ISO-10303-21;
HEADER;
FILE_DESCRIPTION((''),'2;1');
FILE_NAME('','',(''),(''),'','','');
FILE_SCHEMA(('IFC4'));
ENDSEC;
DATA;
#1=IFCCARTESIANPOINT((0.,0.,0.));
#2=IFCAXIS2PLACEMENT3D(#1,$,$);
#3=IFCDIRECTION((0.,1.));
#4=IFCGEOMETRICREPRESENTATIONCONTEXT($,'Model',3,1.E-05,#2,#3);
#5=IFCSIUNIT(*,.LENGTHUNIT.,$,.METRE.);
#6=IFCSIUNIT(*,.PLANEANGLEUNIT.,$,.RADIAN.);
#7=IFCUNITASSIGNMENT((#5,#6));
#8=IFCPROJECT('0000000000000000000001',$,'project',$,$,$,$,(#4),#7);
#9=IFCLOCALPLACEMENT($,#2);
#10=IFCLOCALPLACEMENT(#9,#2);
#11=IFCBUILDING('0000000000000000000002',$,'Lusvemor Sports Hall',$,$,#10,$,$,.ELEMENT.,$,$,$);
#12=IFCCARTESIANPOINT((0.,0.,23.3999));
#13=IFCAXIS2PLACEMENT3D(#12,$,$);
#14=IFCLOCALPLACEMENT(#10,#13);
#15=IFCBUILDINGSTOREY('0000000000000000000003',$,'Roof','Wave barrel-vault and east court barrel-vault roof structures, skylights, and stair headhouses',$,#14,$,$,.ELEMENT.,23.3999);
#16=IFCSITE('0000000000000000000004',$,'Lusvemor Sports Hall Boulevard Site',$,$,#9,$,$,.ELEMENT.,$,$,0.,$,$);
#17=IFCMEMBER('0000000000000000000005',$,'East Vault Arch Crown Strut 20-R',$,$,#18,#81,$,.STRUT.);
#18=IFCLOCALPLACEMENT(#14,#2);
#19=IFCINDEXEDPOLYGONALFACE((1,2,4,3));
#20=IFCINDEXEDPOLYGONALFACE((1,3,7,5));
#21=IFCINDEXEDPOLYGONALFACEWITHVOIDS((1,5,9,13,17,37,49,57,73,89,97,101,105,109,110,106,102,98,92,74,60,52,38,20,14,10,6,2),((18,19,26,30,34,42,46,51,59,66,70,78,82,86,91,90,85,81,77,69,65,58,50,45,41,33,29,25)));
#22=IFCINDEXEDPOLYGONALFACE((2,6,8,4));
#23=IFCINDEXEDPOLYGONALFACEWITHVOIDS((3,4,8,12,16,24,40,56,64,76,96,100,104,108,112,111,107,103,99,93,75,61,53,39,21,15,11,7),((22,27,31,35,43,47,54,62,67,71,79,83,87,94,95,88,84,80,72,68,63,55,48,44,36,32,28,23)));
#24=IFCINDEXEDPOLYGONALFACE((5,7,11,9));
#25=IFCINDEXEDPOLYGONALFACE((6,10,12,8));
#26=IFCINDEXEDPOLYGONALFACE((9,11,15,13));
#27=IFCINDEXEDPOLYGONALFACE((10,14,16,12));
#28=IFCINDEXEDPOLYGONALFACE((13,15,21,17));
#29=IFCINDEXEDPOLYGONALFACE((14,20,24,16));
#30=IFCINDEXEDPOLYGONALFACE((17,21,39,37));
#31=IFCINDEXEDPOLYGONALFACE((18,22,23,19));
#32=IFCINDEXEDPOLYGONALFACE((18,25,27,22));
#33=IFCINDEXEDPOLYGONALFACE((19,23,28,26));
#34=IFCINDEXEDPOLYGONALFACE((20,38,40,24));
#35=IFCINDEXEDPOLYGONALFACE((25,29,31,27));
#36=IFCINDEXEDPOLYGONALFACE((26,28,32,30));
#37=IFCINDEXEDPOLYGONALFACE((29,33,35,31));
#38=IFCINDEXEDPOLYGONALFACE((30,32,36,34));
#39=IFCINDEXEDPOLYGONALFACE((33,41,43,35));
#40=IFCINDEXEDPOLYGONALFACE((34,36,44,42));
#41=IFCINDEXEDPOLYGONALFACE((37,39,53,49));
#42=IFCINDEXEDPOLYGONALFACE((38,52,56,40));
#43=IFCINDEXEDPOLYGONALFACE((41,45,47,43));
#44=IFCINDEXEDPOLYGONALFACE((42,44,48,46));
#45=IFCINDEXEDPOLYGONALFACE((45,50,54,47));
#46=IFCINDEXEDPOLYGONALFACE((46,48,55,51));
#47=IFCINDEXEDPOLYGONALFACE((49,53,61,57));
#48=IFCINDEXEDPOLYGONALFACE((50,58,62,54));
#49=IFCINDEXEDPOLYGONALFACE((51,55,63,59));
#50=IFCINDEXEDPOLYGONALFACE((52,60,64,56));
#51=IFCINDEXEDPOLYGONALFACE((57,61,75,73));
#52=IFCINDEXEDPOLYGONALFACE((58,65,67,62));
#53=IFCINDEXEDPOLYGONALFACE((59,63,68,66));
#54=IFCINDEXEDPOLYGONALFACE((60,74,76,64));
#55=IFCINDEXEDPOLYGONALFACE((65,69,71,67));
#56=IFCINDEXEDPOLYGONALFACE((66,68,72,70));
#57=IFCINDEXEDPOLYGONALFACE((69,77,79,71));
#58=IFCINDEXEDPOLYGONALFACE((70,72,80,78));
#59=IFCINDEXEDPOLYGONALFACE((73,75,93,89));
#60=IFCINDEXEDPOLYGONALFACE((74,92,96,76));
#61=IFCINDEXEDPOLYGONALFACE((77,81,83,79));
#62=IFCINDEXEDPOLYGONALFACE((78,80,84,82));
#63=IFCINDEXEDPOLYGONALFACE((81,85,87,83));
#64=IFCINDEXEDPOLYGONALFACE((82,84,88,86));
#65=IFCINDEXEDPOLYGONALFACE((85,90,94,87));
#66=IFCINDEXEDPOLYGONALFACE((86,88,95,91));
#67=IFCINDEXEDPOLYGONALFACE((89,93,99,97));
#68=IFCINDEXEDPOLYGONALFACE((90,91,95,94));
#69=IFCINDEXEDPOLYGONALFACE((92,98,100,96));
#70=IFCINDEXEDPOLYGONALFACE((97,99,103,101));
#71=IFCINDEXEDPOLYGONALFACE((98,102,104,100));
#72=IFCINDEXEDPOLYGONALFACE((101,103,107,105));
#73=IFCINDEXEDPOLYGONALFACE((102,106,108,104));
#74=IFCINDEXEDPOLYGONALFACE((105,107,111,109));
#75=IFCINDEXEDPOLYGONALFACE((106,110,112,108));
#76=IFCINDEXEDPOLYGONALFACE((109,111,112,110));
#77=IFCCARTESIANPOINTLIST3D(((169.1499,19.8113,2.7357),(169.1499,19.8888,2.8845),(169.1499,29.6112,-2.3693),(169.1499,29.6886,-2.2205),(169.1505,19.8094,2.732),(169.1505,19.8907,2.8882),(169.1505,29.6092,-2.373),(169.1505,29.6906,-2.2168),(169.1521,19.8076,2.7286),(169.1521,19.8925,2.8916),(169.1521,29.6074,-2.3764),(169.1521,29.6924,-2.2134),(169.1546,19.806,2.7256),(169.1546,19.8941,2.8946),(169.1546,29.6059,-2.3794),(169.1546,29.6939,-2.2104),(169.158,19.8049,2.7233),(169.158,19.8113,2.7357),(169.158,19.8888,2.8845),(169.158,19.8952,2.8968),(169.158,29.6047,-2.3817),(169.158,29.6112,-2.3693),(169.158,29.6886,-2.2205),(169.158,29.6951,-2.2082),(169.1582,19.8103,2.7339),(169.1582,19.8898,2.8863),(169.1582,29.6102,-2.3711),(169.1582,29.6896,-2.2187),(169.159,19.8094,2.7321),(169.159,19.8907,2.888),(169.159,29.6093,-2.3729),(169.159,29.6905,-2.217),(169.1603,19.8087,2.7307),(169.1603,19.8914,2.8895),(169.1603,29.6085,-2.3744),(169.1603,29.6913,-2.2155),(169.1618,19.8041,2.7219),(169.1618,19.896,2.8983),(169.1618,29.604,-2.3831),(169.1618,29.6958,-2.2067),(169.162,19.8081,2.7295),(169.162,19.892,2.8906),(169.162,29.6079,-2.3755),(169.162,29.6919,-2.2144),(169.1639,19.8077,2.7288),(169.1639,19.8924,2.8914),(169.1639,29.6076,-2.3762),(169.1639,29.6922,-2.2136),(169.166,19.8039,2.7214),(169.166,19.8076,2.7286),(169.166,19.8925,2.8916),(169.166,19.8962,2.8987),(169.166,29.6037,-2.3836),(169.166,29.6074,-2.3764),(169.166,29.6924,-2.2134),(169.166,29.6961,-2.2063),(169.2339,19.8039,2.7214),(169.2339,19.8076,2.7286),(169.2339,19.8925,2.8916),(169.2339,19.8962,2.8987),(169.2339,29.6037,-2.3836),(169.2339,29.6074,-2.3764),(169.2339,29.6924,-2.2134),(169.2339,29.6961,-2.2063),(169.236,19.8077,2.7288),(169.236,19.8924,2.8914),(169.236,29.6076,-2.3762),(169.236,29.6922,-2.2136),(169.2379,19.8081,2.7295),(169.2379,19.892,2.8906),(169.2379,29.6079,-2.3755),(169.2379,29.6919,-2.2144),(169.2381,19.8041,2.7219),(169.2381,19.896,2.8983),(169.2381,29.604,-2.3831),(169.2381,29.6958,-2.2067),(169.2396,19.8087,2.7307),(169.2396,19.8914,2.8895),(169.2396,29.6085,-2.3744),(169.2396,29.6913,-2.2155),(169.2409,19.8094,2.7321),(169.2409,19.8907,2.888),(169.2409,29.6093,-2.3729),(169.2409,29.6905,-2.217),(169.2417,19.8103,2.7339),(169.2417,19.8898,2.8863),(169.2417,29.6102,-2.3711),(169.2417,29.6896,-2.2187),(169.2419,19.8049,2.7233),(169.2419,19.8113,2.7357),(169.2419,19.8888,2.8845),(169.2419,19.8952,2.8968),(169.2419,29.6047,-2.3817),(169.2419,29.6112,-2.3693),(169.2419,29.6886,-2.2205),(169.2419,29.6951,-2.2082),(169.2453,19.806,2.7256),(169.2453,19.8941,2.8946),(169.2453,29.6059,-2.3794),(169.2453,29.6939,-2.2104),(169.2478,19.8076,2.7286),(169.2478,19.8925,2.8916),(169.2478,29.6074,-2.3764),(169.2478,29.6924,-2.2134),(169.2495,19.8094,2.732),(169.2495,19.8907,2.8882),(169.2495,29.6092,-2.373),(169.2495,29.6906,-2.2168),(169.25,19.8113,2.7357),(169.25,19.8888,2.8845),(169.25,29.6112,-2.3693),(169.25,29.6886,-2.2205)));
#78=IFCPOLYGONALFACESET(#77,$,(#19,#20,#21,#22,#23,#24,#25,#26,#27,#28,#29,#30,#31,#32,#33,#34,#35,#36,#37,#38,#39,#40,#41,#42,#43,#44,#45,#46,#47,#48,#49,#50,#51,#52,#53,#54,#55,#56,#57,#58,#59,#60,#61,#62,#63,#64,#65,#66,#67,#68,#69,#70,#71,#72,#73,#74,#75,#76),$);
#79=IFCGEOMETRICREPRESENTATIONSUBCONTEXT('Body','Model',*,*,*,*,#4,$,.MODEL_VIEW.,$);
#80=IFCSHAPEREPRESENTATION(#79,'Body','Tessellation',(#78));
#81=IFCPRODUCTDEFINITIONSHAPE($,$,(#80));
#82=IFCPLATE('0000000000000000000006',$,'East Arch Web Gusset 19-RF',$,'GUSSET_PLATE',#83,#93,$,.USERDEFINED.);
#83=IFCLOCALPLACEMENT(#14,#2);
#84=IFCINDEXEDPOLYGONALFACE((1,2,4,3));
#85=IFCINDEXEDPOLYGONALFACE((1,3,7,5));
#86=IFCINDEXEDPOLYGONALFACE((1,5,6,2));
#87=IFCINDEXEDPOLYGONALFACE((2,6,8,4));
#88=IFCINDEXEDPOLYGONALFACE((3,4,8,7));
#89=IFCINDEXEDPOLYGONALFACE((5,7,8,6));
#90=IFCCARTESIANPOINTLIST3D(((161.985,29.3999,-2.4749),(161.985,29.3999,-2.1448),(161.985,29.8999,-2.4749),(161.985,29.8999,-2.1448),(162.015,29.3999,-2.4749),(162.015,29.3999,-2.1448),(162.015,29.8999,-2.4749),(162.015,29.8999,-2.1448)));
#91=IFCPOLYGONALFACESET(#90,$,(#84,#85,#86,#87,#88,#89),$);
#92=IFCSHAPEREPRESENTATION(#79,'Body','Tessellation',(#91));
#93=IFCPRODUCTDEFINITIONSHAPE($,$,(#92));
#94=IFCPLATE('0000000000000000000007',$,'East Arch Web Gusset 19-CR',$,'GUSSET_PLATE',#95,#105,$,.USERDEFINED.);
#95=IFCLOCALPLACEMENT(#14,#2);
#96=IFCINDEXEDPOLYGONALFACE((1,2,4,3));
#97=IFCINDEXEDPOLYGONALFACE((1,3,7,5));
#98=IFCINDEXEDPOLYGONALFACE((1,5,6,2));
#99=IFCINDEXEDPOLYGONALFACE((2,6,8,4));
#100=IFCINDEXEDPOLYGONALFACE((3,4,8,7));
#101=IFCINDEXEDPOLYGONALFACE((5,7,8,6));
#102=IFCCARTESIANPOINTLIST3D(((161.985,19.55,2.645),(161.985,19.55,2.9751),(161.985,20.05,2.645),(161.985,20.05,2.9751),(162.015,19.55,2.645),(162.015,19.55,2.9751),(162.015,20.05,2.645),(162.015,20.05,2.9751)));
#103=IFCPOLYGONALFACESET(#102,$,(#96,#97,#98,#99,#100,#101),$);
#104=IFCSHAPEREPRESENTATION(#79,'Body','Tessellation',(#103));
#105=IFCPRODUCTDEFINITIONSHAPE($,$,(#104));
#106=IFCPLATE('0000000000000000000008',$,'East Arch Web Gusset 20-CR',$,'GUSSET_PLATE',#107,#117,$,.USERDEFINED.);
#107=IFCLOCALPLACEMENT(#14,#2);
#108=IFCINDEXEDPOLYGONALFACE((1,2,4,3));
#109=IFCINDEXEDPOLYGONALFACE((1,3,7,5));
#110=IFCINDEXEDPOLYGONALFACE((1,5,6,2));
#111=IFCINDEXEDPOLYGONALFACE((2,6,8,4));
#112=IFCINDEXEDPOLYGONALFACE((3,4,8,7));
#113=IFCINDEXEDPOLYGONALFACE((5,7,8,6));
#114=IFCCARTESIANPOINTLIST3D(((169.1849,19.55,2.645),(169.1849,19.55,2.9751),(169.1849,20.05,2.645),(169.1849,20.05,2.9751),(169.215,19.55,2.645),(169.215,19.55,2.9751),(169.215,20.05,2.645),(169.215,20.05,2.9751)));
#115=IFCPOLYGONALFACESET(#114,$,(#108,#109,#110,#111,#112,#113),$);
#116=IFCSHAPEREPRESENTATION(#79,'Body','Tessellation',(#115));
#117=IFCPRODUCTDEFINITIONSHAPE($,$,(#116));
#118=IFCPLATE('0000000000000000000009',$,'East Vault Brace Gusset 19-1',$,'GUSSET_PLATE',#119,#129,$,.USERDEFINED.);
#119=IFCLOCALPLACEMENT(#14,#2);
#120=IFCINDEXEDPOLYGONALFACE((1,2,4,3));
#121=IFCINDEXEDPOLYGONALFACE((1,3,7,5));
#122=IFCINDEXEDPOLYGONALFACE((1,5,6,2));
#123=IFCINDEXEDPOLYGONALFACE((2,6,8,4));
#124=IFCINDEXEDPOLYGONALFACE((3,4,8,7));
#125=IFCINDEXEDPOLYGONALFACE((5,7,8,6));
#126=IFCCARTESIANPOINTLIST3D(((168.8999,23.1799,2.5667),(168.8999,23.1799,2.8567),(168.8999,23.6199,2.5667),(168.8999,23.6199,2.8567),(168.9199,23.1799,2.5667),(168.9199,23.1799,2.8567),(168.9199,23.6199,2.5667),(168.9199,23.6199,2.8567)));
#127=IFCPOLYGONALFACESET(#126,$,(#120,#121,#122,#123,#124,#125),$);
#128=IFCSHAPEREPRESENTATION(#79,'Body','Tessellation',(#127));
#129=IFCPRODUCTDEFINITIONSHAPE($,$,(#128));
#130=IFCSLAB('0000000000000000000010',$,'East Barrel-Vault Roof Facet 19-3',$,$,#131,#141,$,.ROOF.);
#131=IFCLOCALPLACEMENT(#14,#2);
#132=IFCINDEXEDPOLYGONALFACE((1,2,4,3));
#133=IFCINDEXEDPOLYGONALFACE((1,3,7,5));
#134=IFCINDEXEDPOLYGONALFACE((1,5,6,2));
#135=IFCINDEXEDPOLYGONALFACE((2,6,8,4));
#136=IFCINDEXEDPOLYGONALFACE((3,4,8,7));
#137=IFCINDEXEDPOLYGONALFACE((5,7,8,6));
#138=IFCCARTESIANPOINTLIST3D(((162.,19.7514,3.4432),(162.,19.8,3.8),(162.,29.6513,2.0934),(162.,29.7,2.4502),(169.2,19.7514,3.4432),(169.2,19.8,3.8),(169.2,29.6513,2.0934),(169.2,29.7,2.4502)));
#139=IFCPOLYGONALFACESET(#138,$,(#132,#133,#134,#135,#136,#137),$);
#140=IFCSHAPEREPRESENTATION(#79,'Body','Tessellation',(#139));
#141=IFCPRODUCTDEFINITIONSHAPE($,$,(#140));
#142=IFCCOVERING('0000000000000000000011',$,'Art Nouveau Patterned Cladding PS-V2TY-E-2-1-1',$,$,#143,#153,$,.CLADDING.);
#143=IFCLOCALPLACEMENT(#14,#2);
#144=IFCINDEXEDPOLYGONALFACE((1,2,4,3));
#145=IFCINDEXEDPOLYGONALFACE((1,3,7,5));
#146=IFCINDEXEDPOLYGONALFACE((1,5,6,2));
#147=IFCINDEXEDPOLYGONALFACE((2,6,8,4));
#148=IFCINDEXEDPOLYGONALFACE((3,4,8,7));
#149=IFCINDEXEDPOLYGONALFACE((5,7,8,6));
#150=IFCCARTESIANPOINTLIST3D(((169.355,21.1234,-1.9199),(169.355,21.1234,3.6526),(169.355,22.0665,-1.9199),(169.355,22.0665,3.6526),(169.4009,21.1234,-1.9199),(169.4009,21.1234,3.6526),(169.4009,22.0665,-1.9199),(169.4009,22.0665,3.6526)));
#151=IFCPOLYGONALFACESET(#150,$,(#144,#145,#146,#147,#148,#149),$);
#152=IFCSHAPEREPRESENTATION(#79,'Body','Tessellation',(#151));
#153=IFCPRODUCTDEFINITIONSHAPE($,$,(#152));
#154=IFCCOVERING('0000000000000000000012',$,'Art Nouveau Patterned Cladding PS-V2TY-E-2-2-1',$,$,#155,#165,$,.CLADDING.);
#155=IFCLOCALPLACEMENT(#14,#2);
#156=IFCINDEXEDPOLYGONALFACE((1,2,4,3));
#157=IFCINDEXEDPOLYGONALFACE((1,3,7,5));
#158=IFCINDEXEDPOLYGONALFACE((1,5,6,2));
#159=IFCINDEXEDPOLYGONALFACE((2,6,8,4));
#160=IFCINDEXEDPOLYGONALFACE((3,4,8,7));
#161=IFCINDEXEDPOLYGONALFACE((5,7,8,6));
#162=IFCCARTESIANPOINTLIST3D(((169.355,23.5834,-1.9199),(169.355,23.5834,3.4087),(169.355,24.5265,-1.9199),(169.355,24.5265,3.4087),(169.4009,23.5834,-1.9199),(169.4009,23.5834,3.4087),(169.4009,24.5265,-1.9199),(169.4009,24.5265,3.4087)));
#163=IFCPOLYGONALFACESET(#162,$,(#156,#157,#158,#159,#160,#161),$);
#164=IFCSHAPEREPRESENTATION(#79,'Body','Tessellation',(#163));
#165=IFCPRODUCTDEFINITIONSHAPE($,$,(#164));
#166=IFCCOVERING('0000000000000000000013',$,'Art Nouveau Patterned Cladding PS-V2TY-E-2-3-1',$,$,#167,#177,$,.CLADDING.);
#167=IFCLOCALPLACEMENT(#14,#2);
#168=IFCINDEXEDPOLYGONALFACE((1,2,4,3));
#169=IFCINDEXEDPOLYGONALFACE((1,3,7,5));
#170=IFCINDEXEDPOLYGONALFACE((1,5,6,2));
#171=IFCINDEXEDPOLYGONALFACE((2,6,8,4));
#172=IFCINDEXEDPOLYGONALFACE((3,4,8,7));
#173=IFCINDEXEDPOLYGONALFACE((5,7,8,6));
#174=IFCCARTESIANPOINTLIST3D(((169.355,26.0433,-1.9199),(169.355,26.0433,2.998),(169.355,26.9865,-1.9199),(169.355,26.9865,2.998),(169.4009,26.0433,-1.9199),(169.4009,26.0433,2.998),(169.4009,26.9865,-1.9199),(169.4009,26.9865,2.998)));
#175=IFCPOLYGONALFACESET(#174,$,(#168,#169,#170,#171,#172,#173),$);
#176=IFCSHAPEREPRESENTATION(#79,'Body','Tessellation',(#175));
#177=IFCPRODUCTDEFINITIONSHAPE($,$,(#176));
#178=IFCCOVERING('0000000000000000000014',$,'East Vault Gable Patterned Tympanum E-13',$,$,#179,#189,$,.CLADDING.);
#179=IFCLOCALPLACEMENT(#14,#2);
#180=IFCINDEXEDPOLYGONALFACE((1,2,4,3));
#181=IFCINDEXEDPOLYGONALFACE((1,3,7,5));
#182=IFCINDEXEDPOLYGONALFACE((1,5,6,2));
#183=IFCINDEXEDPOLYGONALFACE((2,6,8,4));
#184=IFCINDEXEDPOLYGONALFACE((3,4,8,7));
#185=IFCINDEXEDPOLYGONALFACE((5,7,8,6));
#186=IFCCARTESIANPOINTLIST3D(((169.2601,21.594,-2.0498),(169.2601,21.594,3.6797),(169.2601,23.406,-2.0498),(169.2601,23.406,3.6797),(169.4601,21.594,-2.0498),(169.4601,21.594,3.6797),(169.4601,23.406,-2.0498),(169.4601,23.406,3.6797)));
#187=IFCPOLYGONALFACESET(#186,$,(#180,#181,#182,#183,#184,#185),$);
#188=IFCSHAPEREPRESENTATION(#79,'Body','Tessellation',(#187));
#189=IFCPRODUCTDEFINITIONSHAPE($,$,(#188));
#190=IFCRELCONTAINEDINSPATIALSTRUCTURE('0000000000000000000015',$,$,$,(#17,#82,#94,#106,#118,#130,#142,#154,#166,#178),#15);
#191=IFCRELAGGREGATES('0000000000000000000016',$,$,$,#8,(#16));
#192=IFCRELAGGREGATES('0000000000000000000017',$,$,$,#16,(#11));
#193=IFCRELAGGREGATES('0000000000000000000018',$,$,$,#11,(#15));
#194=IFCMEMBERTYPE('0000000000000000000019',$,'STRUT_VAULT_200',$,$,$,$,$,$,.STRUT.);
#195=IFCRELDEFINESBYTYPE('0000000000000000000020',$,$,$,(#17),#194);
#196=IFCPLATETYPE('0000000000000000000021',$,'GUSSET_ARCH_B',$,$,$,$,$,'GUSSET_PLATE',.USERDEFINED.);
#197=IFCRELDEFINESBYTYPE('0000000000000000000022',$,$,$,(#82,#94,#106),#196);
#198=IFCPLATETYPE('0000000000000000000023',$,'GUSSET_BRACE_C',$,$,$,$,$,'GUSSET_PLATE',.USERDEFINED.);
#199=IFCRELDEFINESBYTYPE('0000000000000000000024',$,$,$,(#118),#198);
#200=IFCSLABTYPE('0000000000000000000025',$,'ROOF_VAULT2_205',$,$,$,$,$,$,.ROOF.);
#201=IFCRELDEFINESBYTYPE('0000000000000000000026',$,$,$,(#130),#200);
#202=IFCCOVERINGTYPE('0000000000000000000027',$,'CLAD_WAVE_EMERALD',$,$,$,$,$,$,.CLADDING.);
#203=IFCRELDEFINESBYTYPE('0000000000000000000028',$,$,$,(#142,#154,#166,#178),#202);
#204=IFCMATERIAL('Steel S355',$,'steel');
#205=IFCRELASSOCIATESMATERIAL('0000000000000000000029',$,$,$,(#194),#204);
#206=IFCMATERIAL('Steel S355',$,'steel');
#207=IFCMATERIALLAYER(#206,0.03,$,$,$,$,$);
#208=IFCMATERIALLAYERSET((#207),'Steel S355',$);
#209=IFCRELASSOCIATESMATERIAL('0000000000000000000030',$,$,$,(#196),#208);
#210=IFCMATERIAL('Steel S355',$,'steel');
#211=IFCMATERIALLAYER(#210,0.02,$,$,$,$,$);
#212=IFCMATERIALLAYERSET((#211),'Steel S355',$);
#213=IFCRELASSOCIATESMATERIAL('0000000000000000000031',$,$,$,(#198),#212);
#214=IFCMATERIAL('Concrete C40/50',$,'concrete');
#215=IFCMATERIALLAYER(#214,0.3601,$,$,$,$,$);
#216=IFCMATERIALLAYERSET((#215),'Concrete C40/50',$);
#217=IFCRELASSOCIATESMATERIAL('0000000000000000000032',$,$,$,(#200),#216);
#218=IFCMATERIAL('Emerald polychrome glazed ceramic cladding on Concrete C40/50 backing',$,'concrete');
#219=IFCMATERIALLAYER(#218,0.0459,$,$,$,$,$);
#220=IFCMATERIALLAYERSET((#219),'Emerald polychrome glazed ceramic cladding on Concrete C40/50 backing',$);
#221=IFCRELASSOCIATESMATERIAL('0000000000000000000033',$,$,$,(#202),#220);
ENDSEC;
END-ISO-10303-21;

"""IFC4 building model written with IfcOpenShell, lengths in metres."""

from ifc_helpers import new_model, si_unit, direction, frame, origin, origin_2d, place, context, subcontext, project, spatial, polyline, rectangle, hollow_rectangle, outline, extrude, material, layer, layer_set, material_profile, profile_set, type_object, element, save


model = new_model("IFC4")

# Units and contexts
model_context = context("Model", 3, precision=1e-05, world=origin(), true_north=direction((0.0, 1.0)))
body_context = subcontext(model_context, "Body", "Model", "MODEL_VIEW")
ifc_project = project(units=[si_unit("LENGTHUNIT", "METRE"), si_unit("PLANEANGLEUNIT", "RADIAN")], contexts=[model_context])

# Site, building, storey
site_placement = place(None, origin())
site = spatial("IfcSite", under=ifc_project, at=site_placement, Name="Lusvemor Sports Hall Boulevard Site", CompositionType="ELEMENT", RefElevation=0.0)
building_placement = place(site_placement, origin())
building = spatial("IfcBuilding", under=site, at=building_placement, Name="Lusvemor Sports Hall", CompositionType="ELEMENT")
storey_placement = place(building_placement, frame((0.0, 0.0, 23.3999)))
storey = spatial("IfcBuildingStorey", under=building, at=storey_placement, Name="Roof", Description="Wave barrel-vault and east court barrel-vault roof structures, skylights, and stair headhouses", CompositionType="ELEMENT", Elevation=23.3999)

# Member
ifc_material_1 = material(Name="Steel S355", Category="steel")
ifc_material_profile_1 = material_profile(ifc_material_1, hollow_rectangle(XDim=0.1001, YDim=0.2, WallThickness=0.0081, InnerFilletRadius=0.0081, OuterFilletRadius=0.0161, at=origin_2d()), Name="RHS200x100x8")
ifc_profile_set_1 = profile_set([ifc_material_profile_1], Name="Steel S355")
member_type_1 = type_object("IfcMemberType", Name="STRUT_VAULT_200", PredefinedType="STRUT", material=ifc_profile_set_1)
member_1_placement = place(storey_placement, frame((169.2, 29.6499, -2.2949), z_axis=(0.0, -0.88688, 0.462), x_axis=(1.0, 0.0, 0.0)))
element("IfcMember", 1, at=member_1_placement, inside=storey, type_object=member_type_1, Name="East Vault Arch Crown Strut 20-R", PredefinedType="STRUT", context=body_context, shape_type="SweptSolid", body=[
    extrude(hollow_rectangle(XDim=0.1001, YDim=0.2, WallThickness=0.0081, InnerFilletRadius=0.0081, OuterFilletRadius=0.0161, at=origin_2d()), origin(), (0.0, 0.0, 1.0), 11.0498),
])

# Plates
ifc_material_2 = material(Name="Steel S355", Category="steel")
ifc_layer_1 = layer(ifc_material_2, 0.03)
ifc_layer_set_1 = layer_set([ifc_layer_1], Name="Steel S355")
plate_type_1 = type_object("IfcPlateType", Name="GUSSET_ARCH_B", ElementType="GUSSET_PLATE", PredefinedType="USERDEFINED", material=ifc_layer_set_1)
for number, where, z_axis, x_axis, name in (
    (2, (162.0, 29.6499, -2.4749), (0.0, 0.0, 1.0), (1.0, 0.0, 0.0), "East Arch Web Gusset 19-RF"),
    (3, (162.0, 19.8, 2.645), (0.0, 0.0, 1.0), (1.0, 0.0, 0.0), "East Arch Web Gusset 19-CR"),
    (4, (169.2, 19.8, 2.645), (0.0, 0.0, 1.0), (1.0, 0.0, 0.0), "East Arch Web Gusset 20-CR"),
):
    element("IfcPlate", number, at=place(storey_placement, frame(where, z_axis=z_axis, x_axis=x_axis)), inside=storey, type_object=plate_type_1, Name=name, ObjectType="GUSSET_PLATE", PredefinedType="USERDEFINED", context=body_context, shape_type="SweptSolid", body=[
        extrude(rectangle(XDim=0.03, YDim=0.5, at=origin_2d()), origin(), (0.0, 0.0, 1.0), 0.3301),
    ])
ifc_material_3 = material(Name="Steel S355", Category="steel")
ifc_layer_2 = layer(ifc_material_3, 0.02)
ifc_layer_set_2 = layer_set([ifc_layer_2], Name="Steel S355")
plate_type_2 = type_object("IfcPlateType", Name="GUSSET_BRACE_C", ElementType="GUSSET_PLATE", PredefinedType="USERDEFINED", material=ifc_layer_set_2)
plate_placement = place(storey_placement, frame((168.9099, 23.3999, 2.5667), z_axis=(0.0, 0.0, 1.0), x_axis=(1.0, 0.0, 0.0)))
element("IfcPlate", 5, at=plate_placement, inside=storey, type_object=plate_type_2, Name="East Vault Brace Gusset 19-1", ObjectType="GUSSET_PLATE", PredefinedType="USERDEFINED", context=body_context, shape_type="SweptSolid", body=[
    extrude(rectangle(XDim=0.02, YDim=0.4399, at=origin_2d()), origin(), (0.0, 0.0, 1.0), 0.29),
])

# Slab
ifc_material_4 = material(Name="Concrete C40/50", Category="concrete")
ifc_layer_3 = layer(ifc_material_4, 0.3601)
ifc_layer_set_3 = layer_set([ifc_layer_3], Name="Concrete C40/50")
slab_type = type_object("IfcSlabType", Name="ROOF_VAULT2_205", PredefinedType="ROOF", material=ifc_layer_set_3)
slab_placement = place(storey_placement, frame((162.0, 19.8, 3.8), z_axis=(0.0, 0.1351, 0.990832), x_axis=(1.0, 0.0, 0.0)))
element("IfcSlab", 6, at=slab_placement, inside=storey, type_object=slab_type, Name="East Barrel-Vault Roof Facet 19-3", PredefinedType="ROOF", context=body_context, shape_type="SweptSolid", body=[
    extrude(outline(polyline([(0.0, 0.0), (7.2, 0.0), (7.2, 9.9915), (0.0, 9.9915), (0.0, 0.0)])), origin(), (0.0, 0.0, -1.0), 0.3601),
])

# Coverings
ifc_material_5 = material(Name="Emerald polychrome glazed ceramic cladding on Concrete C40/50 backing", Category="concrete")
ifc_layer_4 = layer(ifc_material_5, 0.0459)
ifc_layer_set_4 = layer_set([ifc_layer_4], Name="Emerald polychrome glazed ceramic cladding on Concrete C40/50 backing")
covering_type_1 = type_object("IfcCoveringType", Name="CLAD_WAVE_EMERALD", PredefinedType="CLADDING", material=ifc_layer_set_4)
covering_1_placement = place(storey_placement, frame((169.3779, 21.595, -1.9199), z_axis=(0.0, 0.0, 1.0), x_axis=(1.0, 0.0, 0.0)))
element("IfcCovering", 7, at=covering_1_placement, inside=storey, type_object=covering_type_1, Name="Art Nouveau Patterned Cladding PS-V2TY-E-2-1-1", PredefinedType="CLADDING", context=body_context, shape_type="SweptSolid", body=[
    extrude(rectangle(XDim=0.0459, YDim=0.9431, at=origin_2d()), origin(), (0.0, 0.0, 1.0), 5.5725),
])
covering_2_placement = place(storey_placement, frame((169.3779, 24.0549, -1.9199), z_axis=(0.0, 0.0, 1.0), x_axis=(1.0, 0.0, 0.0)))
element("IfcCovering", 8, at=covering_2_placement, inside=storey, type_object=covering_type_1, Name="Art Nouveau Patterned Cladding PS-V2TY-E-2-2-1", PredefinedType="CLADDING", context=body_context, shape_type="SweptSolid", body=[
    extrude(rectangle(XDim=0.0459, YDim=0.9431, at=origin_2d()), origin(), (0.0, 0.0, 1.0), 5.3286),
])
covering_3_placement = place(storey_placement, frame((169.3779, 26.5149, -1.9199), z_axis=(0.0, 0.0, 1.0), x_axis=(1.0, 0.0, 0.0)))
element("IfcCovering", 9, at=covering_3_placement, inside=storey, type_object=covering_type_1, Name="Art Nouveau Patterned Cladding PS-V2TY-E-2-3-1", PredefinedType="CLADDING", context=body_context, shape_type="SweptSolid", body=[
    extrude(rectangle(XDim=0.0459, YDim=0.9431, at=origin_2d()), origin(), (0.0, 0.0, 1.0), 4.918),
])
covering_4_placement = place(storey_placement, frame((169.3601, 22.5, -2.0498), z_axis=(0.0, 0.0, 1.0), x_axis=(1.0, 0.0, 0.0)))
element("IfcCovering", 10, at=covering_4_placement, inside=storey, type_object=covering_type_1, Name="East Vault Gable Patterned Tympanum E-13", PredefinedType="CLADDING", context=body_context, shape_type="SweptSolid", body=[
    extrude(rectangle(XDim=0.2, YDim=1.812, at=origin_2d()), origin(), (0.0, 0.0, 1.0), 5.7295),
])

save(model, "model.ifc")
